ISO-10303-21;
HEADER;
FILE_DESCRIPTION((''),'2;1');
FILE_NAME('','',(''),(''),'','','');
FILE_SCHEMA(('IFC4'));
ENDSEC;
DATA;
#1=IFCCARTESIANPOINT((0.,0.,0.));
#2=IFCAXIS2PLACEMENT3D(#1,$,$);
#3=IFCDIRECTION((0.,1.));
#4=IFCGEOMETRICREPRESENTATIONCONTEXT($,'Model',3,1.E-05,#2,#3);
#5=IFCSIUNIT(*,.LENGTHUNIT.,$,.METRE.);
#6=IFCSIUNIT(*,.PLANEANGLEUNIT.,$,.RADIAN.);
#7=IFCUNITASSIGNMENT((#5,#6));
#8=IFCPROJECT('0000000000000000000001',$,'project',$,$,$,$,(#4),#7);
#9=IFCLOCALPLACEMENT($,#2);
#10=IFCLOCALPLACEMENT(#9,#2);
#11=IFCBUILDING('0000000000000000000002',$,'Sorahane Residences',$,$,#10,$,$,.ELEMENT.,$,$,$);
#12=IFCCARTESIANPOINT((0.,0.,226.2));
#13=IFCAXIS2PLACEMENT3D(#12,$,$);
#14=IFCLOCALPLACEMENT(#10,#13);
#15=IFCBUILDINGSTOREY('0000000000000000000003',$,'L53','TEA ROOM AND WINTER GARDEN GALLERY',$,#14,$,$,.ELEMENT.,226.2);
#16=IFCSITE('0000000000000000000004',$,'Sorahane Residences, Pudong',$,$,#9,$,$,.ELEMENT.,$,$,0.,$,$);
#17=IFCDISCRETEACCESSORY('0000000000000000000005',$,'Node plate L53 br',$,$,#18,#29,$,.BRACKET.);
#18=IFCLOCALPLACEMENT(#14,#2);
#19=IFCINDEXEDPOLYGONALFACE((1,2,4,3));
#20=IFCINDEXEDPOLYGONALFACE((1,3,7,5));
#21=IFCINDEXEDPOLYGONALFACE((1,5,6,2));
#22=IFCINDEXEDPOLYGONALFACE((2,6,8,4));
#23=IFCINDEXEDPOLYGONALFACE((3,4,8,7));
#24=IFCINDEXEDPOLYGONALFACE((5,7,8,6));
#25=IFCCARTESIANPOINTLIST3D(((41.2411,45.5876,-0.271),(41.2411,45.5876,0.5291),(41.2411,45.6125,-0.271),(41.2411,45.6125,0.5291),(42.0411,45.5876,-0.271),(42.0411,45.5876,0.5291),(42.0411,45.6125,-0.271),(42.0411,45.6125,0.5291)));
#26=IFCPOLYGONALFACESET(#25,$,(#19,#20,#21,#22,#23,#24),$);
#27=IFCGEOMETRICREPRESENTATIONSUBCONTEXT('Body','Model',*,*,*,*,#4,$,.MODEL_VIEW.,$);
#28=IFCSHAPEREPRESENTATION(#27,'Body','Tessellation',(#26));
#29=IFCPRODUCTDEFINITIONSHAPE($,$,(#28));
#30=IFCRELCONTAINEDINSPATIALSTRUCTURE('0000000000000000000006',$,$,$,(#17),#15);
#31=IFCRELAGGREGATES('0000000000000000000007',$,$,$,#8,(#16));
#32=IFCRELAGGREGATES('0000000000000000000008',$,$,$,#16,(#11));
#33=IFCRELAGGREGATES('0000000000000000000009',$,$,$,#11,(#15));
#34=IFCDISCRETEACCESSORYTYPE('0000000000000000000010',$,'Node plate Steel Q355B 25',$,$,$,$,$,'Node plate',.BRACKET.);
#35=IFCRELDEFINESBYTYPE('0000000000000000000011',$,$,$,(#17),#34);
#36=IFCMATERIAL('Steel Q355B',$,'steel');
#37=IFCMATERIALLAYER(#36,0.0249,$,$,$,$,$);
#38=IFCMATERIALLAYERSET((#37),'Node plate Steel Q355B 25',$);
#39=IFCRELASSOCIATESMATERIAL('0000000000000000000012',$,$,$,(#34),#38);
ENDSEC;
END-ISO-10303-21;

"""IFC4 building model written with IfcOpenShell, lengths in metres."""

from ifc_helpers import new_model, si_unit, direction, frame, origin, origin_2d, place, context, subcontext, project, spatial, rectangle, extrude, material, layer, layer_set, type_object, element, save


model = new_model("IFC4")

# Units and contexts
model_context = context("Model", 3, precision=1e-05, world=origin(), true_north=direction((0.0, 1.0)))
body_context = subcontext(model_context, "Body", "Model", "MODEL_VIEW")
ifc_project = project(units=[si_unit("LENGTHUNIT", "METRE"), si_unit("PLANEANGLEUNIT", "RADIAN")], contexts=[model_context])

# Site, building, storey
site_placement = place(None, origin())
site = spatial("IfcSite", under=ifc_project, at=site_placement, Name="Sorahane Residences, Pudong", CompositionType="ELEMENT", RefElevation=0.0)
building_placement = place(site_placement, origin())
building = spatial("IfcBuilding", under=site, at=building_placement, Name="Sorahane Residences", CompositionType="ELEMENT")
storey_placement = place(building_placement, frame((0.0, 0.0, 226.2)))
storey = spatial("IfcBuildingStorey", under=building, at=storey_placement, Name="L53", Description="TEA ROOM AND WINTER GARDEN GALLERY", CompositionType="ELEMENT", Elevation=226.2)

# Discrete accessory
ifc_material_1 = material(Name="Steel Q355B", Category="steel")
ifc_layer_1 = layer(ifc_material_1, 0.0249)
ifc_layer_set_1 = layer_set([ifc_layer_1], Name="Node plate Steel Q355B 25")
discrete_accessory_type = type_object("IfcDiscreteAccessoryType", Name="Node plate Steel Q355B 25", ElementType="Node plate", PredefinedType="BRACKET", material=ifc_layer_set_1)
for number, where, z_axis, x_axis, name in (
    (1, (41.6411, 45.6001, -0.271), (0.0, 0.0, 1.0), (1.0, 0.0, 0.0), "Node plate L53 br"),
):
    element("IfcDiscreteAccessory", number, at=place(storey_placement, frame(where, z_axis=z_axis, x_axis=x_axis)), inside=storey, type_object=discrete_accessory_type, Name=name, PredefinedType="BRACKET", context=body_context, shape_type="SweptSolid", body=[
        extrude(rectangle(XDim=0.8, YDim=0.0249, at=origin_2d()), origin(), (0.0, 0.0, 1.0), 0.8),
    ])

save(model, "model.ifc")
